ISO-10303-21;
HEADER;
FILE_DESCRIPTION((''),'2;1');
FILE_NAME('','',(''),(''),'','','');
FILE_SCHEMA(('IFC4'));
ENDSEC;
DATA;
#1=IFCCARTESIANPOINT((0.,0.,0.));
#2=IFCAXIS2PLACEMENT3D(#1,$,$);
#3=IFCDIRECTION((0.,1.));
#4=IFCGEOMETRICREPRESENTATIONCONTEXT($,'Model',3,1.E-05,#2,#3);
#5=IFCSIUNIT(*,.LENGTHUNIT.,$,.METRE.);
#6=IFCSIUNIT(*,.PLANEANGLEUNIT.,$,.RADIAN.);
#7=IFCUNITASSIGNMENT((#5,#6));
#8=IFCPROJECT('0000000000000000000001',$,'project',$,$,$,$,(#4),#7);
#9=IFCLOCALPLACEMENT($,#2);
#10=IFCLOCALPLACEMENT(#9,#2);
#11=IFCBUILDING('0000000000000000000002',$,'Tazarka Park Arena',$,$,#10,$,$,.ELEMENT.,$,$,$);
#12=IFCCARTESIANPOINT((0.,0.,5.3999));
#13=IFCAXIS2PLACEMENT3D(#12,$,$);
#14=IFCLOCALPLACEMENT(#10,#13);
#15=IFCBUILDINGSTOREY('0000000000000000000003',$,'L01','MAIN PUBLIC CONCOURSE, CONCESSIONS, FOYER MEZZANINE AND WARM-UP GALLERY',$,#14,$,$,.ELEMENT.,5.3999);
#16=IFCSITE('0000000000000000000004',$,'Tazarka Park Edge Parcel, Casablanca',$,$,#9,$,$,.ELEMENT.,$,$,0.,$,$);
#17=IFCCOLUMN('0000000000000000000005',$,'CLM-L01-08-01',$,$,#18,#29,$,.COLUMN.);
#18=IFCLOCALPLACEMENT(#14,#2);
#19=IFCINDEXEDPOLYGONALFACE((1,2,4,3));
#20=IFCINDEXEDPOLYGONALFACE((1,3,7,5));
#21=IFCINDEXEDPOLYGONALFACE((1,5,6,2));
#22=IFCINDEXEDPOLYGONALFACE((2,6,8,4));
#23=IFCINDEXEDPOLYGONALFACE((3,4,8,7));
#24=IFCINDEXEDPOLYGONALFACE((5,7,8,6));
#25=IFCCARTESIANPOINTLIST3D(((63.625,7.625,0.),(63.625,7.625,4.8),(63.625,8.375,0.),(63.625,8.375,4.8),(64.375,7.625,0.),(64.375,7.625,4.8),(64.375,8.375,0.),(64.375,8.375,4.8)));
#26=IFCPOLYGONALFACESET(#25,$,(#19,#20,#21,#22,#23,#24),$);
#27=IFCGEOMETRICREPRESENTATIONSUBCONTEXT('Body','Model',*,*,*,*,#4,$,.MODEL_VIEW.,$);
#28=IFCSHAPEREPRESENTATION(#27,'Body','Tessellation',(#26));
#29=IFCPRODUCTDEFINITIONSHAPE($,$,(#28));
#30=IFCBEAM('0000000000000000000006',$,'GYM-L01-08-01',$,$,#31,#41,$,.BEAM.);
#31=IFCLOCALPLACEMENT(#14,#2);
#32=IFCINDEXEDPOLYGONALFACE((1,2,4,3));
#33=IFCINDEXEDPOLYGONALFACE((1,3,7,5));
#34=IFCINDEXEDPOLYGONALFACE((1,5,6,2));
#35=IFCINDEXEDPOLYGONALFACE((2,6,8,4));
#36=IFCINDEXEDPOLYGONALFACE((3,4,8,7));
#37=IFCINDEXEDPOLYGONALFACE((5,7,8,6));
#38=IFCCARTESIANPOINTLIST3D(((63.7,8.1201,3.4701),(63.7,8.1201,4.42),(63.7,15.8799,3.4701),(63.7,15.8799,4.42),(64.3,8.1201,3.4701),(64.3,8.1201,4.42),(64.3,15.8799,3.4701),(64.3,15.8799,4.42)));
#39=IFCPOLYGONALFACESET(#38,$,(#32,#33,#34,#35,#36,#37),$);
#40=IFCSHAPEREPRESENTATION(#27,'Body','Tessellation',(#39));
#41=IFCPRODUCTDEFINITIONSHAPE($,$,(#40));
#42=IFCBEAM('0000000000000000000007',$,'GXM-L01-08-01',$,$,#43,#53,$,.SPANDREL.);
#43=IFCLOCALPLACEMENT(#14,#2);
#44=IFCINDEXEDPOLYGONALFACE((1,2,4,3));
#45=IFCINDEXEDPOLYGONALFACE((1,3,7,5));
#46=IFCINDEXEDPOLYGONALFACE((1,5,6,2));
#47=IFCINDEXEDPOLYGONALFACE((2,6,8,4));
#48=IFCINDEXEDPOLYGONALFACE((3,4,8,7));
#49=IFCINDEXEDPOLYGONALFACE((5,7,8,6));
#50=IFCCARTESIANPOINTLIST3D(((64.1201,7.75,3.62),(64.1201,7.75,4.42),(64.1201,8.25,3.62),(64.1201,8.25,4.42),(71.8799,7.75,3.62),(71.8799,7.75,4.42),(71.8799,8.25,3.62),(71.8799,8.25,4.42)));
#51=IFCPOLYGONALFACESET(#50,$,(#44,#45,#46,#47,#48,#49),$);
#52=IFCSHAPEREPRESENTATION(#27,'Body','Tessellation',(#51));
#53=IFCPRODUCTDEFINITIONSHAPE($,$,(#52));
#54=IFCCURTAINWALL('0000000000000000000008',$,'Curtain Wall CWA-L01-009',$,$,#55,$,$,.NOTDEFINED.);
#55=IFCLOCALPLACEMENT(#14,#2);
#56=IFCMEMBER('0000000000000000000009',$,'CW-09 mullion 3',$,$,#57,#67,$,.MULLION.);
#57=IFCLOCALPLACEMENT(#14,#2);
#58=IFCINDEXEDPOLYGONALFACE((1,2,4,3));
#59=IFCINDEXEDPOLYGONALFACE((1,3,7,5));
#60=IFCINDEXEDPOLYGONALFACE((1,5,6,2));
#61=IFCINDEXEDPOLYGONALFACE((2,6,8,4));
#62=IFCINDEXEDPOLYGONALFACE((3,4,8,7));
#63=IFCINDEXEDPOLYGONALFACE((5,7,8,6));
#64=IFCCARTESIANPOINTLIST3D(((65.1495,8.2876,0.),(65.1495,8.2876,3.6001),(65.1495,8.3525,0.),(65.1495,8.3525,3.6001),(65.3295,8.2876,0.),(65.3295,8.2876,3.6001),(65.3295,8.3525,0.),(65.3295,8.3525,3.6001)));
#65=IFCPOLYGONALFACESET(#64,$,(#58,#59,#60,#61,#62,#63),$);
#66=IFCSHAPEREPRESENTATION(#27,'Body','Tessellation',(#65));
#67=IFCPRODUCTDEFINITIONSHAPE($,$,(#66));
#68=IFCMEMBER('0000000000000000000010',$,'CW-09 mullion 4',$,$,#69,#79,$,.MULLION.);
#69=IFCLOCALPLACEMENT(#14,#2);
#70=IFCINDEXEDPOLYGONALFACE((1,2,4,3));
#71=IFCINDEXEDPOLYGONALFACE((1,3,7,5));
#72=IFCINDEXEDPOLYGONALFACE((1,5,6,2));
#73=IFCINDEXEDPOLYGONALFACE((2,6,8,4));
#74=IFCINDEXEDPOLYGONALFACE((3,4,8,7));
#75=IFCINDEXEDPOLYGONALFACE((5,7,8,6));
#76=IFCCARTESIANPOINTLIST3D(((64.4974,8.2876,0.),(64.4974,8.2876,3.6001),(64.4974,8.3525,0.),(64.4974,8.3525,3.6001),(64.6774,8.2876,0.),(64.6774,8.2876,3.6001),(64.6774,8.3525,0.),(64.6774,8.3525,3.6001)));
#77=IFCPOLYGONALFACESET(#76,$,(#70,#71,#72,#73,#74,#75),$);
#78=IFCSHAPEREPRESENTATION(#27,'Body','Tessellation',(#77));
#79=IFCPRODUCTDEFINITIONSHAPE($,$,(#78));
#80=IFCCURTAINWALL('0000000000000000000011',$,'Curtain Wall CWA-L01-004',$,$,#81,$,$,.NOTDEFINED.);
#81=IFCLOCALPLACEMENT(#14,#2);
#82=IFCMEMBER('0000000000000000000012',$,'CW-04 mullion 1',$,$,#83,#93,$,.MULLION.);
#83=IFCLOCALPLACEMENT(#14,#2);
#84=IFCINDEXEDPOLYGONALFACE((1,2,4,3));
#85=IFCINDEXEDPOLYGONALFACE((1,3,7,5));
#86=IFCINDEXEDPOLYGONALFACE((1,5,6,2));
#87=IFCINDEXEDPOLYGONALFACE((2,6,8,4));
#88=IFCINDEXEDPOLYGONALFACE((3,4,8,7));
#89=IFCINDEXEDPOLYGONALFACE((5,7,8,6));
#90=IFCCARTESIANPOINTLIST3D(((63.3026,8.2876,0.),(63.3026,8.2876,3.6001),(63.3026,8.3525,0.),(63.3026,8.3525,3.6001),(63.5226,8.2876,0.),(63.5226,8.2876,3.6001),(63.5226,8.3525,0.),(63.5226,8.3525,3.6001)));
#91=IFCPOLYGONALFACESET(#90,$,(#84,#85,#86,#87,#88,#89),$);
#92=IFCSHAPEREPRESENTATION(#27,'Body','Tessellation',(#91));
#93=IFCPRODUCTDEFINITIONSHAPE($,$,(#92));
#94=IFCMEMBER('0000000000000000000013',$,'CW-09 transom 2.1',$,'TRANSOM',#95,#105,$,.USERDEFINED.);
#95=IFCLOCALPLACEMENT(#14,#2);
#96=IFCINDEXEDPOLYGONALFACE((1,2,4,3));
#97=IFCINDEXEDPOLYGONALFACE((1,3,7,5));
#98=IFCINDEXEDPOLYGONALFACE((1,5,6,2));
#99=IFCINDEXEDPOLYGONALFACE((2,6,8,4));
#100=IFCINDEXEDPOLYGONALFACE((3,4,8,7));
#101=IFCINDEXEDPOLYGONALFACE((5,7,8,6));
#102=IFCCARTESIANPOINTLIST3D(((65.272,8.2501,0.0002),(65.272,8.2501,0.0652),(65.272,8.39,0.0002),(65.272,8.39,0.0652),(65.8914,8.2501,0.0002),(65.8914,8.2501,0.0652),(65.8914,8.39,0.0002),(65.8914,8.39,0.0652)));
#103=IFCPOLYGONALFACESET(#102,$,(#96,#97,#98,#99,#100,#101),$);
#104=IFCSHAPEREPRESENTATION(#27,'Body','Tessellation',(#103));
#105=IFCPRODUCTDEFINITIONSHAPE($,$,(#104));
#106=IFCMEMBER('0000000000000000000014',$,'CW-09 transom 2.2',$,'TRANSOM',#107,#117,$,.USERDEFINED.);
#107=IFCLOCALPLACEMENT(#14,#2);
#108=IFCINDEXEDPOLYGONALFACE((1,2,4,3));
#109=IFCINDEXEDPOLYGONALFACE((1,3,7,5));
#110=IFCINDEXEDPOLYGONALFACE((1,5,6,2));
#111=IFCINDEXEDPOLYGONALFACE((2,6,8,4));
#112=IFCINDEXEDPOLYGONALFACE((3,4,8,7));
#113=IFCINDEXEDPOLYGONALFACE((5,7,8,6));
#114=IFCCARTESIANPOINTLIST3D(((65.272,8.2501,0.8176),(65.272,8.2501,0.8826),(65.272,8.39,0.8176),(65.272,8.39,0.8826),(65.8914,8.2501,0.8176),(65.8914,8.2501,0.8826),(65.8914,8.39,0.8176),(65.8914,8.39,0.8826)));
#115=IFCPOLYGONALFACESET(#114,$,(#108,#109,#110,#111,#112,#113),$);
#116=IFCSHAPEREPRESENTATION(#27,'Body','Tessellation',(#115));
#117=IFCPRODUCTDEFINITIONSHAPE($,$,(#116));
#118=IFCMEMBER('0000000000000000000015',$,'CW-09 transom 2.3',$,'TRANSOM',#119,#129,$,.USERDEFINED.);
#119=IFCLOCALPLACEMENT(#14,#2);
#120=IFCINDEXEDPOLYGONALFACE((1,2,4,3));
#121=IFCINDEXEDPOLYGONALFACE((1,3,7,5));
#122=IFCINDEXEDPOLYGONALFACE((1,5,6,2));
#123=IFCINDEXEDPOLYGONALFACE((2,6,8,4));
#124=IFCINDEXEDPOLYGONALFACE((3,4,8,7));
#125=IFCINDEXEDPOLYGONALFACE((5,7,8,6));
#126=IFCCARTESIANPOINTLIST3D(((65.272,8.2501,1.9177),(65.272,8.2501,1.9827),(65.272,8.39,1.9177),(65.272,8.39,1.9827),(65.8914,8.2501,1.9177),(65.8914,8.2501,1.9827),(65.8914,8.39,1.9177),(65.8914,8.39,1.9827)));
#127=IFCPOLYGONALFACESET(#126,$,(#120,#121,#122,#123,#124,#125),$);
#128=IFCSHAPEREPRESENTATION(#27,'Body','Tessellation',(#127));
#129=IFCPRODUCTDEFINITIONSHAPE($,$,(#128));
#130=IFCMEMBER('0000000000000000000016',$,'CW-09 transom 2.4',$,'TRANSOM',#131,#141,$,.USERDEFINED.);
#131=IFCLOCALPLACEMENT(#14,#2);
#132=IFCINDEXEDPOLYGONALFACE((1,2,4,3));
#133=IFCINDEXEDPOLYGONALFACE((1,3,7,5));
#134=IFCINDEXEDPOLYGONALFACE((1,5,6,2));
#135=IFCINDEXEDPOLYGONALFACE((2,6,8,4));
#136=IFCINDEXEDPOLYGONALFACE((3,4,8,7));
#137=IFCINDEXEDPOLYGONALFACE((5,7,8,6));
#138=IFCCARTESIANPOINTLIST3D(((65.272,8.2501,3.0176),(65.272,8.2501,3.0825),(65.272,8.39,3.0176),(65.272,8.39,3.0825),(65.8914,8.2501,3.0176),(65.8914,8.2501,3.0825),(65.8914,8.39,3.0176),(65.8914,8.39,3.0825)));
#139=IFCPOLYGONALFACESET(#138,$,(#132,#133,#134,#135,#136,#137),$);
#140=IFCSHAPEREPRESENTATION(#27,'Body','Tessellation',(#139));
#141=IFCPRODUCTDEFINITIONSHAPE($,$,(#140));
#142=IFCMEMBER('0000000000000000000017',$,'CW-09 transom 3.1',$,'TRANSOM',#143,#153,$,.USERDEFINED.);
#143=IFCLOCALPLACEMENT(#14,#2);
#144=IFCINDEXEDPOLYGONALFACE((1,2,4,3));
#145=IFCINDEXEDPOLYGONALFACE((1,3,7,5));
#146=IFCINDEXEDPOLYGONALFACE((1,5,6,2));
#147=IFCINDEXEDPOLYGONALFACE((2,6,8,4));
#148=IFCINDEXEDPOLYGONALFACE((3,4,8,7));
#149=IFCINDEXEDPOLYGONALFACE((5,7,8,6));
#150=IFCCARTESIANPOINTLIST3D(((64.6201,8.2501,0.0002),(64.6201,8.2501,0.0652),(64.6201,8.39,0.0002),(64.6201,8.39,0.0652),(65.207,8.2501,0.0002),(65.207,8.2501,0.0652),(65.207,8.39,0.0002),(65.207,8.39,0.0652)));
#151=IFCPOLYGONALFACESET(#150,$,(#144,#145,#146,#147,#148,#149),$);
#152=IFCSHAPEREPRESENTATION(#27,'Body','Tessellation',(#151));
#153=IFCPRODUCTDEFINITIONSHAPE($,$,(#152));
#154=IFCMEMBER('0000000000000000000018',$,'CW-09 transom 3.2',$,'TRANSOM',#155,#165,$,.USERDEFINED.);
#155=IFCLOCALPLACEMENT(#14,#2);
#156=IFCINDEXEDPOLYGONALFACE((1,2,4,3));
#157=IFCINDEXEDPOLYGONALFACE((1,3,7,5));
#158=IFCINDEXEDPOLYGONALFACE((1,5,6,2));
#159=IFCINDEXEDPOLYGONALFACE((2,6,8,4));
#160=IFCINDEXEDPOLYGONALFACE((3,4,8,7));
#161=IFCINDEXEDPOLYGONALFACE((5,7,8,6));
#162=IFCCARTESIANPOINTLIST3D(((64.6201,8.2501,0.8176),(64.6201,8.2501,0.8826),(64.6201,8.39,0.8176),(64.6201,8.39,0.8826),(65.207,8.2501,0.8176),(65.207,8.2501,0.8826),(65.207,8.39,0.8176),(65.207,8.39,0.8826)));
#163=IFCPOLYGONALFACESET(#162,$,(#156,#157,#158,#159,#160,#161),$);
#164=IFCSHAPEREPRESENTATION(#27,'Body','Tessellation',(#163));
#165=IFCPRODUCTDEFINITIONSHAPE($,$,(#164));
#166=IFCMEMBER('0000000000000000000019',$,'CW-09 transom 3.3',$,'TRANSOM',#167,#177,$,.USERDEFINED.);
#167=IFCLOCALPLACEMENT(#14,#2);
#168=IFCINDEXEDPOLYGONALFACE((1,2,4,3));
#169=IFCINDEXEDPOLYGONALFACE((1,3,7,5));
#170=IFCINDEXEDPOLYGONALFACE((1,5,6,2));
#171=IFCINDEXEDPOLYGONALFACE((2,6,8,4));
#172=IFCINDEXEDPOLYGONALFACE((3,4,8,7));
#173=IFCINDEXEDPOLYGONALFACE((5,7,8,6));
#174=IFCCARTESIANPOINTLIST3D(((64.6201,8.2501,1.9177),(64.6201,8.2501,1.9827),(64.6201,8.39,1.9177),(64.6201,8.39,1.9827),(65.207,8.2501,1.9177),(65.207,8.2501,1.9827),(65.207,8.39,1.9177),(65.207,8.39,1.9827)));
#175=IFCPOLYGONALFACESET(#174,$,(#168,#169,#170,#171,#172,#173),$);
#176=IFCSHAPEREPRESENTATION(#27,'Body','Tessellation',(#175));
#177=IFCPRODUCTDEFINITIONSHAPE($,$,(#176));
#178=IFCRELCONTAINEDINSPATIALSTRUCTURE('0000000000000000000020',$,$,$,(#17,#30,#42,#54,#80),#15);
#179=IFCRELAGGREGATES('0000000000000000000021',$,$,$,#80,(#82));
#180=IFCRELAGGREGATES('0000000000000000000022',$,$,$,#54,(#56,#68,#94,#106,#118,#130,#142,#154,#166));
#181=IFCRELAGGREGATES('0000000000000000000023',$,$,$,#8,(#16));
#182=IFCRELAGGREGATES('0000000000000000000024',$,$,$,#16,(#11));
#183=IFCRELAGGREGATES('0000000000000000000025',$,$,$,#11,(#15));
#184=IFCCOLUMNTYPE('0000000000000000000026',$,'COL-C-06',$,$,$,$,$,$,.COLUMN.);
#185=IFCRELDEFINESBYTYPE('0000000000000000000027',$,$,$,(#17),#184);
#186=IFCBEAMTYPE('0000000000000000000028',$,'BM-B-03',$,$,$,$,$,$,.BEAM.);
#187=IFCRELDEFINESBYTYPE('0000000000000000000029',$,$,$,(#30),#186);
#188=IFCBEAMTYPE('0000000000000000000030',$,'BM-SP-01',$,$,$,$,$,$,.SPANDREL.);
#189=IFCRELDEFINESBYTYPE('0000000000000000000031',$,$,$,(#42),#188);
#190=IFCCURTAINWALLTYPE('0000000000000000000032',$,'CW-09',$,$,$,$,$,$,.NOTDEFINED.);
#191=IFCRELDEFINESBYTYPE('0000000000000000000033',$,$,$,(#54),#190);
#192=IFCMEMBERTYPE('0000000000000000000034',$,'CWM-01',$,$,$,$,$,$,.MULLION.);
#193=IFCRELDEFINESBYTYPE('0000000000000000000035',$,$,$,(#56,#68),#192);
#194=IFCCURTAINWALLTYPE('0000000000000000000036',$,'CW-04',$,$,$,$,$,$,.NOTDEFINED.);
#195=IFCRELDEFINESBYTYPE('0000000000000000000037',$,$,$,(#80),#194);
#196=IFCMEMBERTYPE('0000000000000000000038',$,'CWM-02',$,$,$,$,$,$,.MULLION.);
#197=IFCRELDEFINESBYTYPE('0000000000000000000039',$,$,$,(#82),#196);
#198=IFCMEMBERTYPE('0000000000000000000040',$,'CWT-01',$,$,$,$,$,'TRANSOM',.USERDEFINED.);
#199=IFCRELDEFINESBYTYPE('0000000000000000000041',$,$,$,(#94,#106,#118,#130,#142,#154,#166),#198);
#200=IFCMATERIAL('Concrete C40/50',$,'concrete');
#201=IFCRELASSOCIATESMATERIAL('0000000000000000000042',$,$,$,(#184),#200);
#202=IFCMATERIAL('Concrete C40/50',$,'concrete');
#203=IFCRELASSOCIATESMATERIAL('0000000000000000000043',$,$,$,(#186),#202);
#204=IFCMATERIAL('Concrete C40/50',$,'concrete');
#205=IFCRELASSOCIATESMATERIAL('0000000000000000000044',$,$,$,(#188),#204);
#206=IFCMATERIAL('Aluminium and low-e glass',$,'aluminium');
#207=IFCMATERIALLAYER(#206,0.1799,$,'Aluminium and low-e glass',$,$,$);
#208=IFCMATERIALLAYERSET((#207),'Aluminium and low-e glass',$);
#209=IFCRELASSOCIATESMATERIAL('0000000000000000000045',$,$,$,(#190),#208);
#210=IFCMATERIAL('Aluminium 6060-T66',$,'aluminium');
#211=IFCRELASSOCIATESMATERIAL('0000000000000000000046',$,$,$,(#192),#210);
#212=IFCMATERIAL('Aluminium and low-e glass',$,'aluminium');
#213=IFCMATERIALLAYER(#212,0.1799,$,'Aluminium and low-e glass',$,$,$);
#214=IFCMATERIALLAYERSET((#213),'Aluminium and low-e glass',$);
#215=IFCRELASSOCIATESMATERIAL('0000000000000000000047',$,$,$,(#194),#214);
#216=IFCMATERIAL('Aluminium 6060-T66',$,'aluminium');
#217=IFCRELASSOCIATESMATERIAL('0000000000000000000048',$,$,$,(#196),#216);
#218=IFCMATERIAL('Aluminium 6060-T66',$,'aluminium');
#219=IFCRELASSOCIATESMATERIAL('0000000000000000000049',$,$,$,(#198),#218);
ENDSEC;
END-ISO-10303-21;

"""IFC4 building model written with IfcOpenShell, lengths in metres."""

from ifc_helpers import new_model, si_unit, direction, frame, origin, origin_2d, place, context, subcontext, project, spatial, rectangle, extrude, material, layer, layer_set, material_profile, profile_set, type_object, element, aggregate, save


model = new_model("IFC4")

# Units and contexts
model_context = context("Model", 3, precision=1e-05, world=origin(), true_north=direction((0.0, 1.0)))
body_context = subcontext(model_context, "Body", "Model", "MODEL_VIEW")
ifc_project = project(units=[si_unit("LENGTHUNIT", "METRE"), si_unit("PLANEANGLEUNIT", "RADIAN")], contexts=[model_context])

# Site, building, storey
site_placement = place(None, origin())
site = spatial("IfcSite", under=ifc_project, at=site_placement, Name="Tazarka Park Edge Parcel, Casablanca", CompositionType="ELEMENT", RefElevation=0.0)
building_placement = place(site_placement, origin())
building = spatial("IfcBuilding", under=site, at=building_placement, Name="Tazarka Park Arena", CompositionType="ELEMENT")
storey_placement = place(building_placement, frame((0.0, 0.0, 5.3999)))
storey = spatial("IfcBuildingStorey", under=building, at=storey_placement, Name="L01", Description="MAIN PUBLIC CONCOURSE, CONCESSIONS, FOYER MEZZANINE AND WARM-UP GALLERY", CompositionType="ELEMENT", Elevation=5.3999)

# Column
ifc_material_1 = material(Name="Concrete C40/50", Category="concrete")
ifc_material_profile_1 = material_profile(ifc_material_1, rectangle(XDim=0.75, YDim=0.75, at=origin_2d()), Name="Concrete C40/50")
ifc_profile_set_1 = profile_set([ifc_material_profile_1], Name="Concrete C40/50")
column_type = type_object("IfcColumnType", Name="COL-C-06", PredefinedType="COLUMN", material=ifc_profile_set_1)
column_placement = place(storey_placement, frame((64.0, 8.0, 0.0), z_axis=(0.0, 0.0, 1.0), x_axis=(1.0, 0.0, 0.0)))
element("IfcColumn", 1, at=column_placement, inside=storey, type_object=column_type, Name="CLM-L01-08-01", PredefinedType="COLUMN", context=body_context, shape_type="SweptSolid", body=[
    extrude(rectangle(XDim=0.75, YDim=0.75, at=origin_2d()), origin(), (0.0, 0.0, 1.0), 4.8),
])

# Beams
ifc_material_2 = material(Name="Concrete C40/50", Category="concrete")
ifc_material_profile_2 = material_profile(ifc_material_2, rectangle(XDim=0.6001, YDim=0.95, at=origin_2d()), Name="Concrete C40/50")
ifc_profile_set_2 = profile_set([ifc_material_profile_2], Name="Concrete C40/50")
beam_type_1 = type_object("IfcBeamType", Name="BM-B-03", PredefinedType="BEAM", material=ifc_profile_set_2)
beam_1_placement = place(storey_placement, frame((64.0, 8.1201, 3.9451), z_axis=(0.0, 1.0, 0.0), x_axis=(-1.0, 0.0, 0.0)))
element("IfcBeam", 2, at=beam_1_placement, inside=storey, type_object=beam_type_1, Name="GYM-L01-08-01", PredefinedType="BEAM", context=body_context, shape_type="SweptSolid", body=[
    extrude(rectangle(XDim=0.6001, YDim=0.95, at=origin_2d()), origin(), (0.0, 0.0, 1.0), 7.7598),
])
ifc_material_3 = material(Name="Concrete C40/50", Category="concrete")
ifc_material_profile_3 = material_profile(ifc_material_3, rectangle(XDim=0.5, YDim=0.8, at=origin_2d()), Name="Concrete C40/50")
ifc_profile_set_3 = profile_set([ifc_material_profile_3], Name="Concrete C40/50")
beam_type_2 = type_object("IfcBeamType", Name="BM-SP-01", PredefinedType="SPANDREL", material=ifc_profile_set_3)
beam_2_placement = place(storey_placement, frame((64.1201, 8.0, 4.02), z_axis=(1.0, 0.0, 0.0), x_axis=(0.0, 1.0, 0.0)))
element("IfcBeam", 3, at=beam_2_placement, inside=storey, type_object=beam_type_2, Name="GXM-L01-08-01", PredefinedType="SPANDREL", context=body_context, shape_type="SweptSolid", body=[
    extrude(rectangle(XDim=0.5, YDim=0.8, at=origin_2d()), origin(), (0.0, 0.0, 1.0), 7.7598),
])

# Curtain wall, members
ifc_material_4 = material(Name="Aluminium and low-e glass", Category="aluminium")
ifc_layer_1 = layer(ifc_material_4, 0.1799, Name="Aluminium and low-e glass")
ifc_layer_set_1 = layer_set([ifc_layer_1], Name="Aluminium and low-e glass")
curtain_wall_type_1 = type_object("IfcCurtainWallType", Name="CW-09", PredefinedType="NOTDEFINED", material=ifc_layer_set_1)
curtain_wall_1_placement = place(storey_placement, origin())
curtain_wall_1 = element("IfcCurtainWall", 4, at=curtain_wall_1_placement, inside=storey, type_object=curtain_wall_type_1, Name="Curtain Wall CWA-L01-009", PredefinedType="NOTDEFINED")
ifc_material_5 = material(Name="Aluminium 6060-T66", Category="aluminium")
ifc_material_profile_4 = material_profile(ifc_material_5, rectangle(XDim=0.0649, YDim=0.1799, at=origin_2d()), Name="Aluminium 6060-T66")
ifc_profile_set_4 = profile_set([ifc_material_profile_4], Name="Aluminium 6060-T66")
member_type_1 = type_object("IfcMemberType", Name="CWM-01", PredefinedType="MULLION", material=ifc_profile_set_4)
member_1_placement = place(storey_placement, frame((65.2395, 8.3201, 0.0), z_axis=(0.0, 0.0, 1.0), x_axis=(0.0, -1.0, 0.0)))
member_1 = element("IfcMember", 5, at=member_1_placement, type_object=member_type_1, Name="CW-09 mullion 3", PredefinedType="MULLION", context=body_context, shape_type="SweptSolid", body=[
    extrude(rectangle(XDim=0.0649, YDim=0.1799, at=origin_2d()), origin(), (0.0, 0.0, 1.0), 3.6001),
])
member_2_placement = place(storey_placement, frame((64.5874, 8.3201, 0.0), z_axis=(0.0, 0.0, 1.0), x_axis=(0.0, -1.0, 0.0)))
member_2 = element("IfcMember", 6, at=member_2_placement, type_object=member_type_1, Name="CW-09 mullion 4", PredefinedType="MULLION", context=body_context, shape_type="SweptSolid", body=[
    extrude(rectangle(XDim=0.0649, YDim=0.1799, at=origin_2d()), origin(), (0.0, 0.0, 1.0), 3.6001),
])

# Curtain wall, member
ifc_material_6 = material(Name="Aluminium and low-e glass", Category="aluminium")
ifc_layer_2 = layer(ifc_material_6, 0.1799, Name="Aluminium and low-e glass")
ifc_layer_set_2 = layer_set([ifc_layer_2], Name="Aluminium and low-e glass")
curtain_wall_type_2 = type_object("IfcCurtainWallType", Name="CW-04", PredefinedType="NOTDEFINED", material=ifc_layer_set_2)
curtain_wall_2_placement = place(storey_placement, origin())
curtain_wall_2 = element("IfcCurtainWall", 7, at=curtain_wall_2_placement, inside=storey, type_object=curtain_wall_type_2, Name="Curtain Wall CWA-L01-004", PredefinedType="NOTDEFINED")
ifc_material_7 = material(Name="Aluminium 6060-T66", Category="aluminium")
ifc_material_profile_5 = material_profile(ifc_material_7, rectangle(XDim=0.0649, YDim=0.22, at=origin_2d()), Name="Aluminium 6060-T66")
ifc_profile_set_5 = profile_set([ifc_material_profile_5], Name="Aluminium 6060-T66")
member_type_2 = type_object("IfcMemberType", Name="CWM-02", PredefinedType="MULLION", material=ifc_profile_set_5)
member_3_placement = place(storey_placement, frame((63.4126, 8.3201, 0.0), z_axis=(0.0, 0.0, 1.0), x_axis=(0.0, -1.0, 0.0)))
member_3 = element("IfcMember", 8, at=member_3_placement, type_object=member_type_2, Name="CW-04 mullion 1", PredefinedType="MULLION", context=body_context, shape_type="SweptSolid", body=[
    extrude(rectangle(XDim=0.0649, YDim=0.22, at=origin_2d()), origin(), (0.0, 0.0, 1.0), 3.6001),
])

# Members
ifc_material_8 = material(Name="Aluminium 6060-T66", Category="aluminium")
ifc_material_profile_6 = material_profile(ifc_material_8, rectangle(XDim=0.1399, YDim=0.0649, at=origin_2d()), Name="Aluminium 6060-T66")
ifc_profile_set_6 = profile_set([ifc_material_profile_6], Name="Aluminium 6060-T66")
member_type_3 = type_object("IfcMemberType", Name="CWT-01", ElementType="TRANSOM", PredefinedType="USERDEFINED", material=ifc_profile_set_6)
member_4_placement = place(storey_placement, frame((65.8914, 8.3201, 0.0327), z_axis=(-1.0, 0.0, 0.0), x_axis=(0.0, -1.0, 0.0)))
member_4 = element("IfcMember", 9, at=member_4_placement, type_object=member_type_3, Name="CW-09 transom 2.1", ObjectType="TRANSOM", PredefinedType="USERDEFINED", context=body_context, shape_type="SweptSolid", body=[
    extrude(rectangle(XDim=0.1399, YDim=0.0649, at=origin_2d()), origin(), (0.0, 0.0, 1.0), 0.6194),
])
member_5_placement = place(storey_placement, frame((65.8914, 8.3201, 0.8501), z_axis=(-1.0, 0.0, 0.0), x_axis=(0.0, -1.0, 0.0)))
member_5 = element("IfcMember", 10, at=member_5_placement, type_object=member_type_3, Name="CW-09 transom 2.2", ObjectType="TRANSOM", PredefinedType="USERDEFINED", context=body_context, shape_type="SweptSolid", body=[
    extrude(rectangle(XDim=0.1399, YDim=0.0649, at=origin_2d()), origin(), (0.0, 0.0, 1.0), 0.6194),
])
member_6_placement = place(storey_placement, frame((65.8914, 8.3201, 1.9502), z_axis=(-1.0, 0.0, 0.0), x_axis=(0.0, -1.0, 0.0)))
member_6 = element("IfcMember", 11, at=member_6_placement, type_object=member_type_3, Name="CW-09 transom 2.3", ObjectType="TRANSOM", PredefinedType="USERDEFINED", context=body_context, shape_type="SweptSolid", body=[
    extrude(rectangle(XDim=0.1399, YDim=0.0649, at=origin_2d()), origin(), (0.0, 0.0, 1.0), 0.6194),
])
member_7_placement = place(storey_placement, frame((65.8914, 8.3201, 3.05), z_axis=(-1.0, 0.0, 0.0), x_axis=(0.0, -1.0, 0.0)))
member_7 = element("IfcMember", 12, at=member_7_placement, type_object=member_type_3, Name="CW-09 transom 2.4", ObjectType="TRANSOM", PredefinedType="USERDEFINED", context=body_context, shape_type="SweptSolid", body=[
    extrude(rectangle(XDim=0.1399, YDim=0.0649, at=origin_2d()), origin(), (0.0, 0.0, 1.0), 0.6194),
])
member_8_placement = place(storey_placement, frame((65.207, 8.3201, 0.0327), z_axis=(-1.0, 0.0, 0.0), x_axis=(0.0, -1.0, 0.0)))
member_8 = element("IfcMember", 13, at=member_8_placement, type_object=member_type_3, Name="CW-09 transom 3.1", ObjectType="TRANSOM", PredefinedType="USERDEFINED", context=body_context, shape_type="SweptSolid", body=[
    extrude(rectangle(XDim=0.1399, YDim=0.0649, at=origin_2d()), origin(), (0.0, 0.0, 1.0), 0.5869),
])
member_9_placement = place(storey_placement, frame((65.207, 8.3201, 0.8501), z_axis=(-1.0, 0.0, 0.0), x_axis=(0.0, -1.0, 0.0)))
member_9 = element("IfcMember", 14, at=member_9_placement, type_object=member_type_3, Name="CW-09 transom 3.2", ObjectType="TRANSOM", PredefinedType="USERDEFINED", context=body_context, shape_type="SweptSolid", body=[
    extrude(rectangle(XDim=0.1399, YDim=0.0649, at=origin_2d()), origin(), (0.0, 0.0, 1.0), 0.5869),
])
member_10_placement = place(storey_placement, frame((65.207, 8.3201, 1.9502), z_axis=(-1.0, 0.0, 0.0), x_axis=(0.0, -1.0, 0.0)))
member_10 = element("IfcMember", 15, at=member_10_placement, type_object=member_type_3, Name="CW-09 transom 3.3", ObjectType="TRANSOM", PredefinedType="USERDEFINED", context=body_context, shape_type="SweptSolid", body=[
    extrude(rectangle(XDim=0.1399, YDim=0.0649, at=origin_2d()), origin(), (0.0, 0.0, 1.0), 0.5869),
])
aggregate(curtain_wall_2, [member_3])

aggregate(curtain_wall_1, [member_1, member_2, member_4, member_5, member_6, member_7, member_8, member_9, member_10])

save(model, "model.ifc")
